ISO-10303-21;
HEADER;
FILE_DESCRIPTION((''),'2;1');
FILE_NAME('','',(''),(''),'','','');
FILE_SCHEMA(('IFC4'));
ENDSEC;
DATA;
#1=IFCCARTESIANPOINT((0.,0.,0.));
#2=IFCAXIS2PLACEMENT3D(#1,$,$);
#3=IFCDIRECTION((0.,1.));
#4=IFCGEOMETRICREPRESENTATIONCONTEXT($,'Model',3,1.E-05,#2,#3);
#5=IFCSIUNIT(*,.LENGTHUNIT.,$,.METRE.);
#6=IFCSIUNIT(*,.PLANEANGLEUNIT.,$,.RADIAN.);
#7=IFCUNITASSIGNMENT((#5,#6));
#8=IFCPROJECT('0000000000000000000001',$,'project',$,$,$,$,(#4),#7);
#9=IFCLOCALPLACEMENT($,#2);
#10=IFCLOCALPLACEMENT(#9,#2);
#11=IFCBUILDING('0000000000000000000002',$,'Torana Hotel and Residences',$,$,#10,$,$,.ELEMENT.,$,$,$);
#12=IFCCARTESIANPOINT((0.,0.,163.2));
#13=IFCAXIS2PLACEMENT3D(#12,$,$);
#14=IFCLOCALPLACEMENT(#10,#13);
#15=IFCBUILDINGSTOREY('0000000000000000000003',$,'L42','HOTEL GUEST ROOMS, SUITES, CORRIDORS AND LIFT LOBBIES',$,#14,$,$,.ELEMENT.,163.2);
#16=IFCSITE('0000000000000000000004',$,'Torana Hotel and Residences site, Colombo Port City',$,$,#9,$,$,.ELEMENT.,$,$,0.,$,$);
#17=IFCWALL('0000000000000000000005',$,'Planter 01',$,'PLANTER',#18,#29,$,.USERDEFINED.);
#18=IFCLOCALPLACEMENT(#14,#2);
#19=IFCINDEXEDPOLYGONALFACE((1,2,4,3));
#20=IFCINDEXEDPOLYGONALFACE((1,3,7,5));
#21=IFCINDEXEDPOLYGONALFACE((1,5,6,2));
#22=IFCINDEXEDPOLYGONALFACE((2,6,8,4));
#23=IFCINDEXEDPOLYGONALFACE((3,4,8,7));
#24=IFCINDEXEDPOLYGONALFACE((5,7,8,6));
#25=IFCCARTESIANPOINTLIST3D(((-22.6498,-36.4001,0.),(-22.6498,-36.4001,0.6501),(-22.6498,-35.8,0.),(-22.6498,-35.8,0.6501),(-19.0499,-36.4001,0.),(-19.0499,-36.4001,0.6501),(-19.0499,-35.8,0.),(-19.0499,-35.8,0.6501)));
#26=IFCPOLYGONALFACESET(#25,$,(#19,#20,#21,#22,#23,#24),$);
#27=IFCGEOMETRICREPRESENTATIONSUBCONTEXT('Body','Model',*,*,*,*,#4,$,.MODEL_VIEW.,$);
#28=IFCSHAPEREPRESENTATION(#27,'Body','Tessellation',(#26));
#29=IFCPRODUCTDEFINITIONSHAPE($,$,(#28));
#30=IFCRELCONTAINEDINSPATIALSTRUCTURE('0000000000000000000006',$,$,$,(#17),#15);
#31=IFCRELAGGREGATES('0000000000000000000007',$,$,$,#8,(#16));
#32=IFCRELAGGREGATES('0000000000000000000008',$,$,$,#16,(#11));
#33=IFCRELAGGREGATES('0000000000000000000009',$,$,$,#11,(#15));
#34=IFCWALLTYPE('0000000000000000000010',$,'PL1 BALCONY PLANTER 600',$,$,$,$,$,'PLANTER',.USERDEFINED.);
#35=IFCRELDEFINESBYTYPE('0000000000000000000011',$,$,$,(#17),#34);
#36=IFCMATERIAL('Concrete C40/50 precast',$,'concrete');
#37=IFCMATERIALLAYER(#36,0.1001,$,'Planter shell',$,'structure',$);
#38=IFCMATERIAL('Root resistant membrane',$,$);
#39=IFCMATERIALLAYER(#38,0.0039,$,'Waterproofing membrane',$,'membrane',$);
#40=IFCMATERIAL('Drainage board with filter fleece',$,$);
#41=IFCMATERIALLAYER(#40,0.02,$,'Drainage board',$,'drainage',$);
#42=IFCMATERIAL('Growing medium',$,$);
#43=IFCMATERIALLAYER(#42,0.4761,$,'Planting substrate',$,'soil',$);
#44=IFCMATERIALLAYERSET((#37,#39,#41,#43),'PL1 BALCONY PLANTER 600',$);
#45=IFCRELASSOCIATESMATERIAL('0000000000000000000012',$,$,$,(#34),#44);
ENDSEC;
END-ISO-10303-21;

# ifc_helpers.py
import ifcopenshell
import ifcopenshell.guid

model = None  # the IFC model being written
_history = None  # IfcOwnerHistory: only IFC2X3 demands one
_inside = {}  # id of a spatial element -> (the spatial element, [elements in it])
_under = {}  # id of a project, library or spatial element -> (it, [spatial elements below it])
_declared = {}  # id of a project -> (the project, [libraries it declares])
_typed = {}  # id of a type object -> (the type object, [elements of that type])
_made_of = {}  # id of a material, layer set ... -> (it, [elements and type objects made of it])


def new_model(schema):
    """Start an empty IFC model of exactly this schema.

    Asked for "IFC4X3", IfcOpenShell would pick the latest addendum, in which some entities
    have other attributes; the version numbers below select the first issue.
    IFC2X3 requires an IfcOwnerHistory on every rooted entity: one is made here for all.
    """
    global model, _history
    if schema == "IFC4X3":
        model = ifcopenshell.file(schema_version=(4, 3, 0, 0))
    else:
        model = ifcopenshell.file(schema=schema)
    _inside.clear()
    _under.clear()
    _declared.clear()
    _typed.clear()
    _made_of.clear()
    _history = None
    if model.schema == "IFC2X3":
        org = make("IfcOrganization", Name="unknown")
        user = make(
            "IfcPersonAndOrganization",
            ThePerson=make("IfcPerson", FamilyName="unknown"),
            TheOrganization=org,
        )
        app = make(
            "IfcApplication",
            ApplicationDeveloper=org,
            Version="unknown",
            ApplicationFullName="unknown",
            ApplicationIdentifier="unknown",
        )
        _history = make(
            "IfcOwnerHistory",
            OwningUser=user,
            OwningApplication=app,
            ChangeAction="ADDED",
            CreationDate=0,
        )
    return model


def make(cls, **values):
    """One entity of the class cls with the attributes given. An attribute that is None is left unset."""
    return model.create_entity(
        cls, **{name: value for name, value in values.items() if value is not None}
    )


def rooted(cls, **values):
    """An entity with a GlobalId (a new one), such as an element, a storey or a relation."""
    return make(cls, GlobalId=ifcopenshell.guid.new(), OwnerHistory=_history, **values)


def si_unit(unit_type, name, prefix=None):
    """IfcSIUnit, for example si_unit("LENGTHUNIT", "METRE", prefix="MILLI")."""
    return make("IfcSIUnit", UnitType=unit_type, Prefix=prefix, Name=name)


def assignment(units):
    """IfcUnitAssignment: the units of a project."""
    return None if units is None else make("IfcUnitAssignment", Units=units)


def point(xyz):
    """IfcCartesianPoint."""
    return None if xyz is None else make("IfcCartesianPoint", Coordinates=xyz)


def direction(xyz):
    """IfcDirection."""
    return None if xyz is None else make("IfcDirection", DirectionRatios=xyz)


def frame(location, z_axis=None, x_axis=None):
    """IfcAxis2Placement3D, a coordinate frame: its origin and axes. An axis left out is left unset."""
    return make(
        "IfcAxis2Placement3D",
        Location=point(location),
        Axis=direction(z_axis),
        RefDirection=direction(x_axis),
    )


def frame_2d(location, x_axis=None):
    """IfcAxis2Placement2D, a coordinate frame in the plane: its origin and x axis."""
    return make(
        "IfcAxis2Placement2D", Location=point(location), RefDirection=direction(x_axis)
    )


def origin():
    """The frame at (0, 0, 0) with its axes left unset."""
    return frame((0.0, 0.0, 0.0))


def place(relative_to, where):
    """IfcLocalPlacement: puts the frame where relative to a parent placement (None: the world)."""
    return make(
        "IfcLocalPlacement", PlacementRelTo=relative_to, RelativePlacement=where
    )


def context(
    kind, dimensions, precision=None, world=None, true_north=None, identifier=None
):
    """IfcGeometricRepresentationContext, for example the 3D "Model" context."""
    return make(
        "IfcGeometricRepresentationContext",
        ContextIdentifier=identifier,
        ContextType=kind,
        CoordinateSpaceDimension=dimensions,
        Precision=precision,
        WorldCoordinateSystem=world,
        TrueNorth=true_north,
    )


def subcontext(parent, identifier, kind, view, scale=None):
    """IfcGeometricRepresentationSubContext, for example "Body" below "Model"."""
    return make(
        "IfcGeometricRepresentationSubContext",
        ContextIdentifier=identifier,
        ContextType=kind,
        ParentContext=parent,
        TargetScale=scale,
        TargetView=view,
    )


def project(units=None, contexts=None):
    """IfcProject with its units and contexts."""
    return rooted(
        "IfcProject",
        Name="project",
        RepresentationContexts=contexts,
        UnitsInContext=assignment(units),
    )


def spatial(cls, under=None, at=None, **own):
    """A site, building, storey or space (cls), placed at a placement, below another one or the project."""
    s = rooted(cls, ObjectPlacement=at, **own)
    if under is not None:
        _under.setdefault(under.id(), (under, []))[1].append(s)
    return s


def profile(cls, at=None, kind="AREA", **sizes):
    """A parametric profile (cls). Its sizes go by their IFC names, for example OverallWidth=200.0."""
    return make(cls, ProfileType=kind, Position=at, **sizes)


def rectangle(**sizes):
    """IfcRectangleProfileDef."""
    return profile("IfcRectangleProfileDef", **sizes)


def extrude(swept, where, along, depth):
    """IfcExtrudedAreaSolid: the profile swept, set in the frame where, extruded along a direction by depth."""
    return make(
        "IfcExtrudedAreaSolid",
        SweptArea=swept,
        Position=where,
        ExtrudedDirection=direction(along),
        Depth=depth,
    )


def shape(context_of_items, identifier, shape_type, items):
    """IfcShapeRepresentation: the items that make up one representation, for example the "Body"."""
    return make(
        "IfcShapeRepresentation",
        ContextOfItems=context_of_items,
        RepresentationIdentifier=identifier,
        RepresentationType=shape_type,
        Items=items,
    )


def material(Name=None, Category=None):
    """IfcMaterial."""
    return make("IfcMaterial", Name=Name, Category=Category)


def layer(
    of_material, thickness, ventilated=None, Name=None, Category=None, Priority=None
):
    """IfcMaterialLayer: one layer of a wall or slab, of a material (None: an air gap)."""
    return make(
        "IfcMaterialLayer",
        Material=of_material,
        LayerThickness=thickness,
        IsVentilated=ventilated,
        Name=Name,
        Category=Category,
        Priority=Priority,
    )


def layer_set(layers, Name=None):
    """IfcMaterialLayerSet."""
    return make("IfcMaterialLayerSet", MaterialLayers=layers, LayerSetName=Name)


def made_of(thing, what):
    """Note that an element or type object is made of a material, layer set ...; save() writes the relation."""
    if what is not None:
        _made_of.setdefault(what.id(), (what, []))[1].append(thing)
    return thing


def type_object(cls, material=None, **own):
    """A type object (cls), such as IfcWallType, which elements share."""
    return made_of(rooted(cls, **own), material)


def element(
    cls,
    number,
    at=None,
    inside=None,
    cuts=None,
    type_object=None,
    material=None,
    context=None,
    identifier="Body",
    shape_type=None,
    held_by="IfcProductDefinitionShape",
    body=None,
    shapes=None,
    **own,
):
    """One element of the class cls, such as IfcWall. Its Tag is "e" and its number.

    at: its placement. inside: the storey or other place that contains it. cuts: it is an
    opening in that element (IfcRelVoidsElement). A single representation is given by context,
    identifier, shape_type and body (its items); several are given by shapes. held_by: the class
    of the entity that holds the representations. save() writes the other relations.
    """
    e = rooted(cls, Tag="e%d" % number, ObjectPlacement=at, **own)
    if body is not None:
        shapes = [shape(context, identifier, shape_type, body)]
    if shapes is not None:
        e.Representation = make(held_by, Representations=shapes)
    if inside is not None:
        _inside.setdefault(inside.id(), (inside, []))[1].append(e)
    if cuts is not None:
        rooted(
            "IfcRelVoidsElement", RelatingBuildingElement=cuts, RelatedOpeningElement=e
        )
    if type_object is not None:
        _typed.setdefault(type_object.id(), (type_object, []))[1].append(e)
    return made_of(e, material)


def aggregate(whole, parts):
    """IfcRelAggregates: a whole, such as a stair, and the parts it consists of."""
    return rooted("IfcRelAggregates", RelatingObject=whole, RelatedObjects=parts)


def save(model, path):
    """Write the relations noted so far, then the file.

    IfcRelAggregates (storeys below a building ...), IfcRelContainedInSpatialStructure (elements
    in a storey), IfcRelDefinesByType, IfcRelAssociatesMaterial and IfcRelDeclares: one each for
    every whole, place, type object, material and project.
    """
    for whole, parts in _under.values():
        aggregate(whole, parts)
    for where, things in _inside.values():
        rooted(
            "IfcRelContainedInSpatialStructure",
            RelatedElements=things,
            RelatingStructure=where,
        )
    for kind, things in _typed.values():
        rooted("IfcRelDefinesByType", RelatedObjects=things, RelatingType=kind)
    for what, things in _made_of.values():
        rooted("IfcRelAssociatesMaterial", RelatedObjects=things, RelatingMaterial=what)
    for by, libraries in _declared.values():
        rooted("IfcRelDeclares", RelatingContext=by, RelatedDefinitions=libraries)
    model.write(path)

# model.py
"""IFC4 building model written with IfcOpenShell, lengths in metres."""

from ifc_helpers import new_model, si_unit, direction, frame, frame_2d, origin, place, context, subcontext, project, spatial, rectangle, extrude, material, layer, layer_set, type_object, element, save


model = new_model("IFC4")

# Units and contexts
model_context = context("Model", 3, precision=1e-05, world=origin(), true_north=direction((0.0, 1.0)))
body_context = subcontext(model_context, "Body", "Model", "MODEL_VIEW")
ifc_project = project(units=[si_unit("LENGTHUNIT", "METRE"), si_unit("PLANEANGLEUNIT", "RADIAN")], contexts=[model_context])

# Site, building, storey
site_placement = place(None, origin())
site = spatial("IfcSite", under=ifc_project, at=site_placement, Name="Torana Hotel and Residences site, Colombo Port City", CompositionType="ELEMENT", RefElevation=0.0)
building_placement = place(site_placement, origin())
building = spatial("IfcBuilding", under=site, at=building_placement, Name="Torana Hotel and Residences", CompositionType="ELEMENT")
storey_placement = place(building_placement, frame((0.0, 0.0, 163.2)))
storey = spatial("IfcBuildingStorey", under=building, at=storey_placement, Name="L42", Description="HOTEL GUEST ROOMS, SUITES, CORRIDORS AND LIFT LOBBIES", CompositionType="ELEMENT", Elevation=163.2)

# Wall
ifc_material_1 = material(Name="Concrete C40/50 precast", Category="concrete")
ifc_layer_1 = layer(ifc_material_1, 0.1001, Name="Planter shell", Category="structure")
ifc_material_2 = material(Name="Root resistant membrane")
ifc_layer_2 = layer(ifc_material_2, 0.0039, Name="Waterproofing membrane", Category="membrane")
ifc_material_3 = material(Name="Drainage board with filter fleece")
ifc_layer_3 = layer(ifc_material_3, 0.02, Name="Drainage board", Category="drainage")
ifc_material_4 = material(Name="Growing medium")
ifc_layer_4 = layer(ifc_material_4, 0.4761, Name="Planting substrate", Category="soil")
ifc_layer_set_1 = layer_set([ifc_layer_1, ifc_layer_2, ifc_layer_3, ifc_layer_4], Name="PL1 BALCONY PLANTER 600")
wall_type_1 = type_object("IfcWallType", Name="PL1 BALCONY PLANTER 600", ElementType="PLANTER", PredefinedType="USERDEFINED", material=ifc_layer_set_1)
wall_1_placement = place(storey_placement, frame((-19.05, -36.1001, 0.0), z_axis=(0.0, 0.0, 1.0), x_axis=(-1.0, 0.0, 0.0)))
element("IfcWall", 1, at=wall_1_placement, inside=storey, type_object=wall_type_1, Name="Planter 01", ObjectType="PLANTER", PredefinedType="USERDEFINED", context=body_context, shape_type="SweptSolid", body=[
    extrude(rectangle(XDim=3.5999, YDim=0.6001, at=frame_2d((1.7998, 0.0))), origin(), (0.0, 0.0, 1.0), 0.6501),
])

save(model, "model.ifc")
